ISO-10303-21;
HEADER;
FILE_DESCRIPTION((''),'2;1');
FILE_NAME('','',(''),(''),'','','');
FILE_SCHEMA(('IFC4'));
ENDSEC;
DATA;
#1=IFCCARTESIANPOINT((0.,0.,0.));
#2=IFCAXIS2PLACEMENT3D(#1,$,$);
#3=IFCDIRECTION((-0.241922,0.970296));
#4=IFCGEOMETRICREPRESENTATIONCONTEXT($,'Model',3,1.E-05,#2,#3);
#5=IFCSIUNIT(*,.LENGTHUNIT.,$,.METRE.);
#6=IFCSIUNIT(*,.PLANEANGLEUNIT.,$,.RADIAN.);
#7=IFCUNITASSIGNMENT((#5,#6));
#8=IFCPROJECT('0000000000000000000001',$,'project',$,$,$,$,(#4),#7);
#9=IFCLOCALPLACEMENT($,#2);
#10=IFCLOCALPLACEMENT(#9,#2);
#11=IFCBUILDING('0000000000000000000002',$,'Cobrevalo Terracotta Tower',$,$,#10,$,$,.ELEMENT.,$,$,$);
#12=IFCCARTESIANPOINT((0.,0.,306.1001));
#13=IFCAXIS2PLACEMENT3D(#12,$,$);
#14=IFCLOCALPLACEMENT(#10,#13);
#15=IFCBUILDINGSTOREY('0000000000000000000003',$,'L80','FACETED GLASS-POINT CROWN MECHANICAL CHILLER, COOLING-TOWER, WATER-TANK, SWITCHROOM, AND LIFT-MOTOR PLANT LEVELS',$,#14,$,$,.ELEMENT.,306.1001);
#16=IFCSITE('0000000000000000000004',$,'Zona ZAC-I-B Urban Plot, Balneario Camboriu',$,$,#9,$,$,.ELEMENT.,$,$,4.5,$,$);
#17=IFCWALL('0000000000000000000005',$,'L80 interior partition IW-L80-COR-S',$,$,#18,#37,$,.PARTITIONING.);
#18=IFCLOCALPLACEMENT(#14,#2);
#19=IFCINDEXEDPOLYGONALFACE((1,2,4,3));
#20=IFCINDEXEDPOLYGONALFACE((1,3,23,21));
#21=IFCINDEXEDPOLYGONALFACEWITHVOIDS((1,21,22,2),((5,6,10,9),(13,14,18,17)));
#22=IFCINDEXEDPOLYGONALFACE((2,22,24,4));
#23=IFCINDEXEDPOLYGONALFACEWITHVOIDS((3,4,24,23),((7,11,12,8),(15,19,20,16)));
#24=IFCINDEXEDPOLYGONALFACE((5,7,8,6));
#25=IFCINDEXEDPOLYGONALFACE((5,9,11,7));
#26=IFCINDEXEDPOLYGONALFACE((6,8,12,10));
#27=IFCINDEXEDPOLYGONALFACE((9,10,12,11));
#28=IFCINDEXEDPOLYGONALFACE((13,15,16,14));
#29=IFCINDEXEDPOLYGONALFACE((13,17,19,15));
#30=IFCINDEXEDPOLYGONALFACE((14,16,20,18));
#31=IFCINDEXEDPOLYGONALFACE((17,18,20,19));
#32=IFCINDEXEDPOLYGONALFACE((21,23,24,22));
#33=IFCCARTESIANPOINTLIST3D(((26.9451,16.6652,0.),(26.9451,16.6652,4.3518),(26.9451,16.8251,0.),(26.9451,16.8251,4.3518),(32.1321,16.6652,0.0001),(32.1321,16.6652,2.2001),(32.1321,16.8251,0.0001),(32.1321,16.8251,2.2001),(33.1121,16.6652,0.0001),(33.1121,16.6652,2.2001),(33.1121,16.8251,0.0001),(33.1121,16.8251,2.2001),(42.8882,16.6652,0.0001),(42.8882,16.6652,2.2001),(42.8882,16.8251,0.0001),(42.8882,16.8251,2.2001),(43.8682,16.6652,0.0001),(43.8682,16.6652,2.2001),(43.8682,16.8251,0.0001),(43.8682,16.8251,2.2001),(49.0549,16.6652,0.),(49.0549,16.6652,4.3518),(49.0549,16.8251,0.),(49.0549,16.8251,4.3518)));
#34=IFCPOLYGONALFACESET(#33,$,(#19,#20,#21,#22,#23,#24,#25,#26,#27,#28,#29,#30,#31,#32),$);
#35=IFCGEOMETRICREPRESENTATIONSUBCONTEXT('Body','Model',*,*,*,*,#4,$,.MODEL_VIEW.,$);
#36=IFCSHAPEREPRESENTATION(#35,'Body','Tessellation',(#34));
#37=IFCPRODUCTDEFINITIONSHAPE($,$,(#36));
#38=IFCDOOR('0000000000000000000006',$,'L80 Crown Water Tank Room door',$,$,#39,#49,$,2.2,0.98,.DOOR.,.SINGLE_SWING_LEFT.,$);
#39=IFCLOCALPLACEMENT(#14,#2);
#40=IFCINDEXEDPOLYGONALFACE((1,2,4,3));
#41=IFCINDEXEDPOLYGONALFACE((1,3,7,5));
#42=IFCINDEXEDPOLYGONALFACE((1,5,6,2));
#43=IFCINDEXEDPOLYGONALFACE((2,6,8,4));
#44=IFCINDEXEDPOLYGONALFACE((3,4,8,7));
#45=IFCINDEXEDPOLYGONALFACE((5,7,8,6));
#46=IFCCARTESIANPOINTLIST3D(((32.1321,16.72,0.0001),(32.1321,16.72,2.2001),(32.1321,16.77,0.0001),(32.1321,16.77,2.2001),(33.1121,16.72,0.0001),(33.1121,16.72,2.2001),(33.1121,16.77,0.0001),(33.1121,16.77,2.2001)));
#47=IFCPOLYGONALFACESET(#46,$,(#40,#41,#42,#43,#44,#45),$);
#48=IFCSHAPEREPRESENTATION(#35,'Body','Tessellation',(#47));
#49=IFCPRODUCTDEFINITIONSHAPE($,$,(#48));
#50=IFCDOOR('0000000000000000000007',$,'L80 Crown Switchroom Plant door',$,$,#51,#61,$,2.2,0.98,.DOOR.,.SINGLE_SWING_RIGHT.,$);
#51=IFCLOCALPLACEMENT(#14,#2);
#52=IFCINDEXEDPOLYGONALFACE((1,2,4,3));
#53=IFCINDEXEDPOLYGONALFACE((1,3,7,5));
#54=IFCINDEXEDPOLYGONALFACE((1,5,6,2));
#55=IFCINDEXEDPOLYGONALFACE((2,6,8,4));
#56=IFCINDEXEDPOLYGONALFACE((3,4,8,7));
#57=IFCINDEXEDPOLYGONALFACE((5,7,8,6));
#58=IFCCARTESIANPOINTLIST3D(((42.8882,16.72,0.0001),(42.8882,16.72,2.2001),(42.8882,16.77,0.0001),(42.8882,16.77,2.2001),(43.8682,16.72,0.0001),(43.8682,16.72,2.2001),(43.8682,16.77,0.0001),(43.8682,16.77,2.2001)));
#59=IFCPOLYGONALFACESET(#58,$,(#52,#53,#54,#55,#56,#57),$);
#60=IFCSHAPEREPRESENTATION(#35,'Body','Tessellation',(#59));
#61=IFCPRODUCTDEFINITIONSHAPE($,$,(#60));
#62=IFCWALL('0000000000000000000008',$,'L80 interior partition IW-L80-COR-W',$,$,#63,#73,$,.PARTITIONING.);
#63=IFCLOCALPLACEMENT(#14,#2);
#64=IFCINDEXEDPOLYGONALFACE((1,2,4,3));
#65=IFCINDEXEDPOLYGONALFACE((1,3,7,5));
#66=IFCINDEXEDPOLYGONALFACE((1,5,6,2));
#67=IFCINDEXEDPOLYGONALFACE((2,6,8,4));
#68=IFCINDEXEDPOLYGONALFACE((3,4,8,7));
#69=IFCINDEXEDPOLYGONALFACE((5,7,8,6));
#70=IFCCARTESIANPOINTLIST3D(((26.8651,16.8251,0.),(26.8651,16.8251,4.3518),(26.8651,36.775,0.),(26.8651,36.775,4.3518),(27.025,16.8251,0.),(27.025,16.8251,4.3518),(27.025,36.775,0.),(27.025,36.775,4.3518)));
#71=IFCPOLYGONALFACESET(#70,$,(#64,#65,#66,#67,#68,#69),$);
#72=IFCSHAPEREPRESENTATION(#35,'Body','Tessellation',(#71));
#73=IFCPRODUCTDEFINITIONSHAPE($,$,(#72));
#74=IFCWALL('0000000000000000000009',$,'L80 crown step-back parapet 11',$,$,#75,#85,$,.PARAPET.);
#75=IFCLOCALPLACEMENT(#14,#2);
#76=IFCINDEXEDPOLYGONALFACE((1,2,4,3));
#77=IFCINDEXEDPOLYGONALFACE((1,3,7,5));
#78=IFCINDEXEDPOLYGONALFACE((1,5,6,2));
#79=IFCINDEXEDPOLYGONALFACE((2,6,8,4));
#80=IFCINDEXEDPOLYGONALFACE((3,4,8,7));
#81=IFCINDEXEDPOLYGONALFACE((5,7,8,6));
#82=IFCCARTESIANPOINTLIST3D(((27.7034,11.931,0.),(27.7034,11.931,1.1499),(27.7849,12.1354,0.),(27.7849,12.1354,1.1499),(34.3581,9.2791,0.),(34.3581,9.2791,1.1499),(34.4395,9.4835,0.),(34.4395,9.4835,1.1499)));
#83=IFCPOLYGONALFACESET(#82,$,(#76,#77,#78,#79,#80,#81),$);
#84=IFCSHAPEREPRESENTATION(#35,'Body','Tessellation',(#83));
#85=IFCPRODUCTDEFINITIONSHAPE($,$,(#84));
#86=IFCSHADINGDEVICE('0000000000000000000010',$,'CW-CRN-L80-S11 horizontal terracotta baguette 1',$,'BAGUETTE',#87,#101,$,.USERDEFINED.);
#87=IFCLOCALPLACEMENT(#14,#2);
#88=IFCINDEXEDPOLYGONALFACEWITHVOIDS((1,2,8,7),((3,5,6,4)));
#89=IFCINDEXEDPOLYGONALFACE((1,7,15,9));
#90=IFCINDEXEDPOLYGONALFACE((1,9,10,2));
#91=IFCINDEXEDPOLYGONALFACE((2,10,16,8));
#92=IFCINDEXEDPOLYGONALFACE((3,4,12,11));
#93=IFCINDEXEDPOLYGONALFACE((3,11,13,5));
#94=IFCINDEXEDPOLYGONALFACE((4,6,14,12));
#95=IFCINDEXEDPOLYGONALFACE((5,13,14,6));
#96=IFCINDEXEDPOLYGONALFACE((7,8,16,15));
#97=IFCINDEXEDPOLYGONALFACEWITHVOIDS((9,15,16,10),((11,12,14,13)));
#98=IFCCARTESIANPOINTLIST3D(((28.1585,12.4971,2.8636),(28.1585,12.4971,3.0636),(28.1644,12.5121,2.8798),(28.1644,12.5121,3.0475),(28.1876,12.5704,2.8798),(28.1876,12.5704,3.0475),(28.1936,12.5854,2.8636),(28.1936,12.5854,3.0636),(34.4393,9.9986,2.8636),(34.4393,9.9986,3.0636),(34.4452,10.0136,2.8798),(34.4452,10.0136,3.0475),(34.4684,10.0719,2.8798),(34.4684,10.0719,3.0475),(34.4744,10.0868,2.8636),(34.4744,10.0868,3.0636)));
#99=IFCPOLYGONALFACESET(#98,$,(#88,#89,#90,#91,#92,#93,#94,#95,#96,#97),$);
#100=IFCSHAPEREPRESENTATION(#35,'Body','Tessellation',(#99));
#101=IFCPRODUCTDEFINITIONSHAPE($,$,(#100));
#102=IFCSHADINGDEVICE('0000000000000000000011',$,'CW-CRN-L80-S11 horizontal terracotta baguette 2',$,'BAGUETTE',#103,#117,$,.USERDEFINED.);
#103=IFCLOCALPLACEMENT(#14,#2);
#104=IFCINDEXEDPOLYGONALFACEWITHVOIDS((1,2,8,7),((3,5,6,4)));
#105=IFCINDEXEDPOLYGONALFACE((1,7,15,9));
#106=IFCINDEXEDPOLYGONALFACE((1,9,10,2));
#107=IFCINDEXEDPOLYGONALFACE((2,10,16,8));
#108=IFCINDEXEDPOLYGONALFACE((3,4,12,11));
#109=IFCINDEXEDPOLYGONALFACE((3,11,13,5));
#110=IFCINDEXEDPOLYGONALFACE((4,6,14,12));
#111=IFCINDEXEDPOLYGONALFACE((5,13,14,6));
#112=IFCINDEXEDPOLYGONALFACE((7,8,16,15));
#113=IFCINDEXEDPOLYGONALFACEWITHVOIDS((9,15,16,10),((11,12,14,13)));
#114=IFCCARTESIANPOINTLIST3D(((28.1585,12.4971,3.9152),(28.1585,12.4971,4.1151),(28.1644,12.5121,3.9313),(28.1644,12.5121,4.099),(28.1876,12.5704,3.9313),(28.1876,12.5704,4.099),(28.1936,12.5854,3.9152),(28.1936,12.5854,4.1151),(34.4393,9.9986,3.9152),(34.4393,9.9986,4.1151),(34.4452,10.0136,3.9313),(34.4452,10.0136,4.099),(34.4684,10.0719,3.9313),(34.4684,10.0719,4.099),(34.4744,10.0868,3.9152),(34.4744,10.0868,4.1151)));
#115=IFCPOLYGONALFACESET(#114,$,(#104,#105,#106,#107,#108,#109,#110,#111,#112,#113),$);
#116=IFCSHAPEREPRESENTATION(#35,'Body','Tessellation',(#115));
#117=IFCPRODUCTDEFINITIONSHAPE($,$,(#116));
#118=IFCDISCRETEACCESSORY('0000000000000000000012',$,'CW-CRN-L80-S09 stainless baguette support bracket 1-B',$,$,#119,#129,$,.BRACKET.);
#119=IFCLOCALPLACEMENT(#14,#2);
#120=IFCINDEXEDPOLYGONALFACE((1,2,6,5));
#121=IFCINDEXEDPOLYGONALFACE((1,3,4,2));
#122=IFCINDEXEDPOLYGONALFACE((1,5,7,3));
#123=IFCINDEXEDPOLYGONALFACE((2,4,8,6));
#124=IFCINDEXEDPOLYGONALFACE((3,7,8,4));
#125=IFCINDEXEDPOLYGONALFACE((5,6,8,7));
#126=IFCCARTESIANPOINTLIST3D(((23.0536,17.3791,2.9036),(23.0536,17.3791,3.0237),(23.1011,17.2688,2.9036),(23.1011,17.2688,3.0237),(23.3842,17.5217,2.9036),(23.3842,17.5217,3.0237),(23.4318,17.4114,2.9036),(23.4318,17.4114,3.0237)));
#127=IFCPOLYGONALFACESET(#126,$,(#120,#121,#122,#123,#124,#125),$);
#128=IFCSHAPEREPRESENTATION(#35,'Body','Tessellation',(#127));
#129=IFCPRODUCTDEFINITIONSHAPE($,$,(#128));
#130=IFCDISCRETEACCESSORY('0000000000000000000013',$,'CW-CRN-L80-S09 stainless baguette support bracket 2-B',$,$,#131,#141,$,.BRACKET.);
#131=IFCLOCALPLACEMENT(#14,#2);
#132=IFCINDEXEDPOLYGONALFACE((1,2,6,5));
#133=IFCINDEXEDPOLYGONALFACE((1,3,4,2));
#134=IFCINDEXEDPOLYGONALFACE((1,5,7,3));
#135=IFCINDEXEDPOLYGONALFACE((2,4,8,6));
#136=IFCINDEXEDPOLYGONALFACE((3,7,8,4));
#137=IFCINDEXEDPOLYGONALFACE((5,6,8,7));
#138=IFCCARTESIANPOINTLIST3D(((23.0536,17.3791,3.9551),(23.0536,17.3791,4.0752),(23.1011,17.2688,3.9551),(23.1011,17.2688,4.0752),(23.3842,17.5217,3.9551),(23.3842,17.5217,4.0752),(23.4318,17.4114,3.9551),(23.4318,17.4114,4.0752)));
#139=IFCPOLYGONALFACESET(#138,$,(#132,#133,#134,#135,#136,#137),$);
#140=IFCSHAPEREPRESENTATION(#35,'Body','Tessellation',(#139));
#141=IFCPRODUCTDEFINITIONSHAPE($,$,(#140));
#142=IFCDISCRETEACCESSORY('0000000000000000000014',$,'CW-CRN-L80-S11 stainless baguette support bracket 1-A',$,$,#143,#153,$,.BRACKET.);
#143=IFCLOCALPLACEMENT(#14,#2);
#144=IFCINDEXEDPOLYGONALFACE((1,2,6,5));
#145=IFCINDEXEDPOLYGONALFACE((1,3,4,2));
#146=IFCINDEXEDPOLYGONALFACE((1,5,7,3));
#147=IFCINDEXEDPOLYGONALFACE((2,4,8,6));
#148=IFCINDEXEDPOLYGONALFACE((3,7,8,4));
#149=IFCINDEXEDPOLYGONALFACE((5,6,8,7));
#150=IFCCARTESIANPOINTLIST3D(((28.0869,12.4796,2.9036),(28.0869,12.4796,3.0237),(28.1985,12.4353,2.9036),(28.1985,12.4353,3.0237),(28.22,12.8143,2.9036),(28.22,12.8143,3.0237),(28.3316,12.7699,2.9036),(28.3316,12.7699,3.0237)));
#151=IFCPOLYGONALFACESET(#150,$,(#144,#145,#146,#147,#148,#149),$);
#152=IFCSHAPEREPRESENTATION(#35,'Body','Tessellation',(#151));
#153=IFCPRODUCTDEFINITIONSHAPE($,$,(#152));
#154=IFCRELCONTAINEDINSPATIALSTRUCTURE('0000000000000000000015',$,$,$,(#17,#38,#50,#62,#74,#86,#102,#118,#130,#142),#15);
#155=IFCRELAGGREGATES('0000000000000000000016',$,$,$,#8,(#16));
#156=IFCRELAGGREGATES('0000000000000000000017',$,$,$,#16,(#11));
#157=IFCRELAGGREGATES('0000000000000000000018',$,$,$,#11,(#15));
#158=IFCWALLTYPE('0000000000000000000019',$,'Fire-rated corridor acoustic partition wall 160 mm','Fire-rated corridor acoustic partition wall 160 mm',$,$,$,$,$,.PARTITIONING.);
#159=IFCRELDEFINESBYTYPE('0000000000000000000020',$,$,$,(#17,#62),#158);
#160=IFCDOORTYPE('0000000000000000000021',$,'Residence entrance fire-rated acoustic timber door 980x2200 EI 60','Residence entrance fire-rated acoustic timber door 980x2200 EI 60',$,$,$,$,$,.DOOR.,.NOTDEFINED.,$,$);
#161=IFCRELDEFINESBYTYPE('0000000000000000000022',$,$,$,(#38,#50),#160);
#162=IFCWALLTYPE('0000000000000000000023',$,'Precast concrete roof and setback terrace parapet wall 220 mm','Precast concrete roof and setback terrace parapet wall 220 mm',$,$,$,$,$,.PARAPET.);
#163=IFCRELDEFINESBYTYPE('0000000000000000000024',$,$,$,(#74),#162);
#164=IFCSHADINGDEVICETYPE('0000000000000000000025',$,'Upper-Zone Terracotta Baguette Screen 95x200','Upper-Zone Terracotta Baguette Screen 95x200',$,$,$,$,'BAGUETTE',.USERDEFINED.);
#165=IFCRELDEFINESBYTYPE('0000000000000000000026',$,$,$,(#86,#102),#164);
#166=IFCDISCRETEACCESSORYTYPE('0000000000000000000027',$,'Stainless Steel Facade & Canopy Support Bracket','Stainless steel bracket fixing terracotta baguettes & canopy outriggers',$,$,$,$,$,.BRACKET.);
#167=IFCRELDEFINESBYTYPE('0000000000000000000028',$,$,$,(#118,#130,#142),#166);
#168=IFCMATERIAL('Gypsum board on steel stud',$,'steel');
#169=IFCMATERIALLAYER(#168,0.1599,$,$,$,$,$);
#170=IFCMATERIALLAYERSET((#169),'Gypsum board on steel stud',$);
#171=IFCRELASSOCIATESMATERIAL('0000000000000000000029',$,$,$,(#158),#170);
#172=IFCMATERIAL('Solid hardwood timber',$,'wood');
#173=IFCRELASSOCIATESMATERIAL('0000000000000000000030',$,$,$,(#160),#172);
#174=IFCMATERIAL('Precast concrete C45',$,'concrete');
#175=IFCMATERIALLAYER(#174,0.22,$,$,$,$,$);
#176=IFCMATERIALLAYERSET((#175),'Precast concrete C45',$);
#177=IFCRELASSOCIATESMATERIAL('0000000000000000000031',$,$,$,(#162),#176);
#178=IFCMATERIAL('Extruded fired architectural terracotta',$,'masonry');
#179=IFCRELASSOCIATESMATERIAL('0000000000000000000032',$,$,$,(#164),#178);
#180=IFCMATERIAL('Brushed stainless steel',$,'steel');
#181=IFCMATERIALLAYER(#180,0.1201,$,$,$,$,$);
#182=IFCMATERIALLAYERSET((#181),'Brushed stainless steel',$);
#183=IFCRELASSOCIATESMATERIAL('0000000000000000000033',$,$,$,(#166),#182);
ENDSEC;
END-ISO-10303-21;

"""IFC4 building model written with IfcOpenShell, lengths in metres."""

from ifc_helpers import new_model, si_unit, direction, frame, frame_2d, origin, origin_2d, place, context, subcontext, project, spatial, rectangle, hollow_rectangle, extrude, source, transform, mapped, material, layer, layer_set, material_profile, profile_set, type_object, element, fill, save


model = new_model("IFC4")

# Units and contexts
model_context = context("Model", 3, precision=1e-05, world=origin(), true_north=direction((-0.241922, 0.970296)))
body_context = subcontext(model_context, "Body", "Model", "MODEL_VIEW")
ifc_project = project(units=[si_unit("LENGTHUNIT", "METRE"), si_unit("PLANEANGLEUNIT", "RADIAN")], contexts=[model_context])

# Site, building, storey
site_placement = place(None, origin())
site = spatial("IfcSite", under=ifc_project, at=site_placement, Name="Zona ZAC-I-B Urban Plot, Balneario Camboriu", CompositionType="ELEMENT", RefElevation=4.5)
building_placement = place(site_placement, origin())
building = spatial("IfcBuilding", under=site, at=building_placement, Name="Cobrevalo Terracotta Tower", CompositionType="ELEMENT")
storey_placement = place(building_placement, frame((0.0, 0.0, 306.1001)))
storey = spatial("IfcBuildingStorey", under=building, at=storey_placement, Name="L80", Description="FACETED GLASS-POINT CROWN MECHANICAL CHILLER, COOLING-TOWER, WATER-TANK, SWITCHROOM, AND LIFT-MOTOR PLANT LEVELS", CompositionType="ELEMENT", Elevation=306.1001)

# Wall, openings, doors
ifc_material_1 = material(Name="Gypsum board on steel stud", Category="steel")
ifc_layer_1 = layer(ifc_material_1, 0.1599)
ifc_layer_set_1 = layer_set([ifc_layer_1], Name="Gypsum board on steel stud")
wall_type_1 = type_object("IfcWallType", Name="Fire-rated corridor acoustic partition wall 160 mm", Description="Fire-rated corridor acoustic partition wall 160 mm", PredefinedType="PARTITIONING", material=ifc_layer_set_1)
wall_1_placement = place(storey_placement, frame((26.9451, 16.7451, 0.0), z_axis=(0.0, 0.0, 1.0), x_axis=(1.0, 0.0, 0.0)))
wall_1 = element("IfcWall", 1, at=wall_1_placement, inside=storey, type_object=wall_type_1, Name="L80 interior partition IW-L80-COR-S", PredefinedType="PARTITIONING", context=body_context, shape_type="SweptSolid", body=[
    extrude(rectangle(XDim=22.1099, YDim=0.1599, at=frame_2d((11.0549, 0.0))), origin(), (0.0, 0.0, 1.0), 4.3518),
])
opening_1_placement = place(wall_1_placement, frame((5.187, 0.0, 0.0)))
opening_1 = element("IfcOpeningElement", 2, at=opening_1_placement, cuts=wall_1, PredefinedType="OPENING", context=body_context, shape_type="SweptSolid", body=[
    extrude(rectangle(XDim=0.98, YDim=2.2, at=frame_2d((0.49, 1.1001))), frame((0.0, 0.0898, 0.0), z_axis=(0.0, -1.0, 0.0), x_axis=(1.0, 0.0, 0.0)), (0.0, 0.0, 1.0), 0.1799),
])
opening_2_placement = place(wall_1_placement, frame((15.9431, 0.0, 0.0)))
opening_2 = element("IfcOpeningElement", 3, at=opening_2_placement, cuts=wall_1, PredefinedType="OPENING", context=body_context, shape_type="SweptSolid", body=[
    extrude(rectangle(XDim=0.98, YDim=2.2, at=frame_2d((0.49, 1.1001))), frame((0.0, 0.0898, 0.0), z_axis=(0.0, -1.0, 0.0), x_axis=(1.0, 0.0, 0.0)), (0.0, 0.0, 1.0), 0.1799),
])
ifc_material_2 = material(Name="Solid hardwood timber", Category="wood")
door_type = type_object("IfcDoorType", Name="Residence entrance fire-rated acoustic timber door 980x2200 EI 60", Description="Residence entrance fire-rated acoustic timber door 980x2200 EI 60", OperationType="NOTDEFINED", PredefinedType="DOOR", material=ifc_material_2)
shared_shape_1 = source(origin(), body_context, "Body", "SweptSolid", [
    extrude(rectangle(XDim=0.98, YDim=2.2, at=frame_2d((0.49, 1.1001))), frame((0.0, 0.0249, 0.0), z_axis=(0.0, -1.0, 0.0), x_axis=(1.0, 0.0, 0.0)), (0.0, 0.0, 1.0), 0.05),
])
door_1_placement = place(opening_1_placement, origin())
door_1 = element("IfcDoor", 4, at=door_1_placement, inside=storey, type_object=door_type, Name="L80 Crown Water Tank Room door", OperationType="SINGLE_SWING_LEFT", OverallHeight=2.2, OverallWidth=0.98, PredefinedType="DOOR", context=body_context, shape_type="MappedRepresentation", body=[
    mapped(shared_shape_1, transform((0.0, 0.0, 0.0), scale=1.0)),
])
fill(opening_1, door_1)
door_2_placement = place(opening_2_placement, origin())
door_2 = element("IfcDoor", 5, at=door_2_placement, inside=storey, type_object=door_type, Name="L80 Crown Switchroom Plant door", OperationType="SINGLE_SWING_RIGHT", OverallHeight=2.2, OverallWidth=0.98, PredefinedType="DOOR", context=body_context, shape_type="MappedRepresentation", body=[
    mapped(shared_shape_1, transform((0.0, 0.0, 0.0), scale=1.0)),
])
fill(opening_2, door_2)

# Walls
wall_2_placement = place(storey_placement, frame((26.9451, 16.825, 0.0), z_axis=(0.0, 0.0, 1.0), x_axis=(0.0, 1.0, 0.0)))
element("IfcWall", 6, at=wall_2_placement, inside=storey, type_object=wall_type_1, Name="L80 interior partition IW-L80-COR-W", PredefinedType="PARTITIONING", context=body_context, shape_type="SweptSolid", body=[
    extrude(rectangle(XDim=19.95, YDim=0.1599, at=frame_2d((9.9751, 0.0))), origin(), (0.0, 0.0, 1.0), 4.3518),
])
ifc_material_3 = material(Name="Precast concrete C45", Category="concrete")
ifc_layer_2 = layer(ifc_material_3, 0.22)
ifc_layer_set_2 = layer_set([ifc_layer_2], Name="Precast concrete C45")
wall_type_2 = type_object("IfcWallType", Name="Precast concrete roof and setback terrace parapet wall 220 mm", Description="Precast concrete roof and setback terrace parapet wall 220 mm", PredefinedType="PARAPET", material=ifc_layer_set_2)
wall_3_placement = place(storey_placement, frame((27.7441, 12.0332, 0.0), z_axis=(0.0, 0.0, 1.0), x_axis=(0.928955, -0.370192, 0.0)))
element("IfcWall", 7, at=wall_3_placement, inside=storey, type_object=wall_type_2, Name="L80 crown step-back parapet 11", PredefinedType="PARAPET", context=body_context, shape_type="SweptSolid", body=[
    extrude(rectangle(XDim=7.1636, YDim=0.22, at=frame_2d((3.5818, 0.0))), origin(), (0.0, 0.0, 1.0), 1.1499),
])

# Shading devices
ifc_material_4 = material(Name="Extruded fired architectural terracotta", Category="masonry")
ifc_material_profile_1 = material_profile(ifc_material_4, hollow_rectangle(XDim=0.095, YDim=0.2, WallThickness=0.0161, at=origin_2d()), Name="BAGUETTE 95x200")
ifc_profile_set_1 = profile_set([ifc_material_profile_1], Name="Extruded fired architectural terracotta")
shading_device_type = type_object("IfcShadingDeviceType", Name="Upper-Zone Terracotta Baguette Screen 95x200", Description="Upper-Zone Terracotta Baguette Screen 95x200", ElementType="BAGUETTE", PredefinedType="USERDEFINED", material=ifc_profile_set_1)
shared_shape_2 = source(origin(), body_context, "Body", "SweptSolid", [
    extrude(hollow_rectangle(XDim=0.095, YDim=0.2, WallThickness=0.0161, at=origin_2d()), origin(), (0.0, 0.0, 1.0), 6.7595),
])
for number, where, z_axis, x_axis, name in (
    (8, (28.176, 12.5413, 2.9636), (0.929177, -0.369634, 0.0), (0.369634, 0.929177, 0.0), "CW-CRN-L80-S11 horizontal terracotta baguette 1"),
    (9, (28.176, 12.5413, 4.0151), (0.929177, -0.369634, 0.0), (0.369634, 0.929177, 0.0), "CW-CRN-L80-S11 horizontal terracotta baguette 2"),
):
    element("IfcShadingDevice", number, at=place(storey_placement, frame(where, z_axis=z_axis, x_axis=x_axis)), inside=storey, type_object=shading_device_type, Name=name, ObjectType="BAGUETTE", PredefinedType="USERDEFINED", context=body_context, shape_type="MappedRepresentation", body=[
        mapped(shared_shape_2, transform((0.0, 0.0, 0.0), scale=1.0)),
    ])

# Discrete accessories
ifc_material_5 = material(Name="Brushed stainless steel", Category="steel")
ifc_layer_3 = layer(ifc_material_5, 0.1201)
ifc_layer_set_3 = layer_set([ifc_layer_3], Name="Brushed stainless steel")
discrete_accessory_type = type_object("IfcDiscreteAccessoryType", Name="Stainless Steel Facade & Canopy Support Bracket", Description="Stainless steel bracket fixing terracotta baguettes & canopy outriggers", PredefinedType="BRACKET", material=ifc_layer_set_3)
shared_shape_3 = source(origin(), body_context, "Body", "SweptSolid", [
    extrude(rectangle(XDim=0.1201, YDim=0.3601, at=origin_2d()), origin(), (0.0, 0.0, 1.0), 0.1201),
])
for number, where, z_axis, x_axis, name in (
    (10, (23.2427, 17.3953, 2.9036), (0.0, 0.0, 1.0), (0.396066, -0.918222, 0.0), "CW-CRN-L80-S09 stainless baguette support bracket 1-B"),
    (11, (23.2427, 17.3953, 3.9551), (0.0, 0.0, 1.0), (0.396066, -0.918222, 0.0), "CW-CRN-L80-S09 stainless baguette support bracket 2-B"),
    (12, (28.2092, 12.6248, 2.9036), (0.0, 0.0, 1.0), (0.929191, -0.369601, 0.0), "CW-CRN-L80-S11 stainless baguette support bracket 1-A"),
):
    element("IfcDiscreteAccessory", number, at=place(storey_placement, frame(where, z_axis=z_axis, x_axis=x_axis)), inside=storey, type_object=discrete_accessory_type, Name=name, PredefinedType="BRACKET", context=body_context, shape_type="MappedRepresentation", body=[
        mapped(shared_shape_3, transform((0.0, 0.0, 0.0), scale=1.0)),
    ])

save(model, "model.ifc")
